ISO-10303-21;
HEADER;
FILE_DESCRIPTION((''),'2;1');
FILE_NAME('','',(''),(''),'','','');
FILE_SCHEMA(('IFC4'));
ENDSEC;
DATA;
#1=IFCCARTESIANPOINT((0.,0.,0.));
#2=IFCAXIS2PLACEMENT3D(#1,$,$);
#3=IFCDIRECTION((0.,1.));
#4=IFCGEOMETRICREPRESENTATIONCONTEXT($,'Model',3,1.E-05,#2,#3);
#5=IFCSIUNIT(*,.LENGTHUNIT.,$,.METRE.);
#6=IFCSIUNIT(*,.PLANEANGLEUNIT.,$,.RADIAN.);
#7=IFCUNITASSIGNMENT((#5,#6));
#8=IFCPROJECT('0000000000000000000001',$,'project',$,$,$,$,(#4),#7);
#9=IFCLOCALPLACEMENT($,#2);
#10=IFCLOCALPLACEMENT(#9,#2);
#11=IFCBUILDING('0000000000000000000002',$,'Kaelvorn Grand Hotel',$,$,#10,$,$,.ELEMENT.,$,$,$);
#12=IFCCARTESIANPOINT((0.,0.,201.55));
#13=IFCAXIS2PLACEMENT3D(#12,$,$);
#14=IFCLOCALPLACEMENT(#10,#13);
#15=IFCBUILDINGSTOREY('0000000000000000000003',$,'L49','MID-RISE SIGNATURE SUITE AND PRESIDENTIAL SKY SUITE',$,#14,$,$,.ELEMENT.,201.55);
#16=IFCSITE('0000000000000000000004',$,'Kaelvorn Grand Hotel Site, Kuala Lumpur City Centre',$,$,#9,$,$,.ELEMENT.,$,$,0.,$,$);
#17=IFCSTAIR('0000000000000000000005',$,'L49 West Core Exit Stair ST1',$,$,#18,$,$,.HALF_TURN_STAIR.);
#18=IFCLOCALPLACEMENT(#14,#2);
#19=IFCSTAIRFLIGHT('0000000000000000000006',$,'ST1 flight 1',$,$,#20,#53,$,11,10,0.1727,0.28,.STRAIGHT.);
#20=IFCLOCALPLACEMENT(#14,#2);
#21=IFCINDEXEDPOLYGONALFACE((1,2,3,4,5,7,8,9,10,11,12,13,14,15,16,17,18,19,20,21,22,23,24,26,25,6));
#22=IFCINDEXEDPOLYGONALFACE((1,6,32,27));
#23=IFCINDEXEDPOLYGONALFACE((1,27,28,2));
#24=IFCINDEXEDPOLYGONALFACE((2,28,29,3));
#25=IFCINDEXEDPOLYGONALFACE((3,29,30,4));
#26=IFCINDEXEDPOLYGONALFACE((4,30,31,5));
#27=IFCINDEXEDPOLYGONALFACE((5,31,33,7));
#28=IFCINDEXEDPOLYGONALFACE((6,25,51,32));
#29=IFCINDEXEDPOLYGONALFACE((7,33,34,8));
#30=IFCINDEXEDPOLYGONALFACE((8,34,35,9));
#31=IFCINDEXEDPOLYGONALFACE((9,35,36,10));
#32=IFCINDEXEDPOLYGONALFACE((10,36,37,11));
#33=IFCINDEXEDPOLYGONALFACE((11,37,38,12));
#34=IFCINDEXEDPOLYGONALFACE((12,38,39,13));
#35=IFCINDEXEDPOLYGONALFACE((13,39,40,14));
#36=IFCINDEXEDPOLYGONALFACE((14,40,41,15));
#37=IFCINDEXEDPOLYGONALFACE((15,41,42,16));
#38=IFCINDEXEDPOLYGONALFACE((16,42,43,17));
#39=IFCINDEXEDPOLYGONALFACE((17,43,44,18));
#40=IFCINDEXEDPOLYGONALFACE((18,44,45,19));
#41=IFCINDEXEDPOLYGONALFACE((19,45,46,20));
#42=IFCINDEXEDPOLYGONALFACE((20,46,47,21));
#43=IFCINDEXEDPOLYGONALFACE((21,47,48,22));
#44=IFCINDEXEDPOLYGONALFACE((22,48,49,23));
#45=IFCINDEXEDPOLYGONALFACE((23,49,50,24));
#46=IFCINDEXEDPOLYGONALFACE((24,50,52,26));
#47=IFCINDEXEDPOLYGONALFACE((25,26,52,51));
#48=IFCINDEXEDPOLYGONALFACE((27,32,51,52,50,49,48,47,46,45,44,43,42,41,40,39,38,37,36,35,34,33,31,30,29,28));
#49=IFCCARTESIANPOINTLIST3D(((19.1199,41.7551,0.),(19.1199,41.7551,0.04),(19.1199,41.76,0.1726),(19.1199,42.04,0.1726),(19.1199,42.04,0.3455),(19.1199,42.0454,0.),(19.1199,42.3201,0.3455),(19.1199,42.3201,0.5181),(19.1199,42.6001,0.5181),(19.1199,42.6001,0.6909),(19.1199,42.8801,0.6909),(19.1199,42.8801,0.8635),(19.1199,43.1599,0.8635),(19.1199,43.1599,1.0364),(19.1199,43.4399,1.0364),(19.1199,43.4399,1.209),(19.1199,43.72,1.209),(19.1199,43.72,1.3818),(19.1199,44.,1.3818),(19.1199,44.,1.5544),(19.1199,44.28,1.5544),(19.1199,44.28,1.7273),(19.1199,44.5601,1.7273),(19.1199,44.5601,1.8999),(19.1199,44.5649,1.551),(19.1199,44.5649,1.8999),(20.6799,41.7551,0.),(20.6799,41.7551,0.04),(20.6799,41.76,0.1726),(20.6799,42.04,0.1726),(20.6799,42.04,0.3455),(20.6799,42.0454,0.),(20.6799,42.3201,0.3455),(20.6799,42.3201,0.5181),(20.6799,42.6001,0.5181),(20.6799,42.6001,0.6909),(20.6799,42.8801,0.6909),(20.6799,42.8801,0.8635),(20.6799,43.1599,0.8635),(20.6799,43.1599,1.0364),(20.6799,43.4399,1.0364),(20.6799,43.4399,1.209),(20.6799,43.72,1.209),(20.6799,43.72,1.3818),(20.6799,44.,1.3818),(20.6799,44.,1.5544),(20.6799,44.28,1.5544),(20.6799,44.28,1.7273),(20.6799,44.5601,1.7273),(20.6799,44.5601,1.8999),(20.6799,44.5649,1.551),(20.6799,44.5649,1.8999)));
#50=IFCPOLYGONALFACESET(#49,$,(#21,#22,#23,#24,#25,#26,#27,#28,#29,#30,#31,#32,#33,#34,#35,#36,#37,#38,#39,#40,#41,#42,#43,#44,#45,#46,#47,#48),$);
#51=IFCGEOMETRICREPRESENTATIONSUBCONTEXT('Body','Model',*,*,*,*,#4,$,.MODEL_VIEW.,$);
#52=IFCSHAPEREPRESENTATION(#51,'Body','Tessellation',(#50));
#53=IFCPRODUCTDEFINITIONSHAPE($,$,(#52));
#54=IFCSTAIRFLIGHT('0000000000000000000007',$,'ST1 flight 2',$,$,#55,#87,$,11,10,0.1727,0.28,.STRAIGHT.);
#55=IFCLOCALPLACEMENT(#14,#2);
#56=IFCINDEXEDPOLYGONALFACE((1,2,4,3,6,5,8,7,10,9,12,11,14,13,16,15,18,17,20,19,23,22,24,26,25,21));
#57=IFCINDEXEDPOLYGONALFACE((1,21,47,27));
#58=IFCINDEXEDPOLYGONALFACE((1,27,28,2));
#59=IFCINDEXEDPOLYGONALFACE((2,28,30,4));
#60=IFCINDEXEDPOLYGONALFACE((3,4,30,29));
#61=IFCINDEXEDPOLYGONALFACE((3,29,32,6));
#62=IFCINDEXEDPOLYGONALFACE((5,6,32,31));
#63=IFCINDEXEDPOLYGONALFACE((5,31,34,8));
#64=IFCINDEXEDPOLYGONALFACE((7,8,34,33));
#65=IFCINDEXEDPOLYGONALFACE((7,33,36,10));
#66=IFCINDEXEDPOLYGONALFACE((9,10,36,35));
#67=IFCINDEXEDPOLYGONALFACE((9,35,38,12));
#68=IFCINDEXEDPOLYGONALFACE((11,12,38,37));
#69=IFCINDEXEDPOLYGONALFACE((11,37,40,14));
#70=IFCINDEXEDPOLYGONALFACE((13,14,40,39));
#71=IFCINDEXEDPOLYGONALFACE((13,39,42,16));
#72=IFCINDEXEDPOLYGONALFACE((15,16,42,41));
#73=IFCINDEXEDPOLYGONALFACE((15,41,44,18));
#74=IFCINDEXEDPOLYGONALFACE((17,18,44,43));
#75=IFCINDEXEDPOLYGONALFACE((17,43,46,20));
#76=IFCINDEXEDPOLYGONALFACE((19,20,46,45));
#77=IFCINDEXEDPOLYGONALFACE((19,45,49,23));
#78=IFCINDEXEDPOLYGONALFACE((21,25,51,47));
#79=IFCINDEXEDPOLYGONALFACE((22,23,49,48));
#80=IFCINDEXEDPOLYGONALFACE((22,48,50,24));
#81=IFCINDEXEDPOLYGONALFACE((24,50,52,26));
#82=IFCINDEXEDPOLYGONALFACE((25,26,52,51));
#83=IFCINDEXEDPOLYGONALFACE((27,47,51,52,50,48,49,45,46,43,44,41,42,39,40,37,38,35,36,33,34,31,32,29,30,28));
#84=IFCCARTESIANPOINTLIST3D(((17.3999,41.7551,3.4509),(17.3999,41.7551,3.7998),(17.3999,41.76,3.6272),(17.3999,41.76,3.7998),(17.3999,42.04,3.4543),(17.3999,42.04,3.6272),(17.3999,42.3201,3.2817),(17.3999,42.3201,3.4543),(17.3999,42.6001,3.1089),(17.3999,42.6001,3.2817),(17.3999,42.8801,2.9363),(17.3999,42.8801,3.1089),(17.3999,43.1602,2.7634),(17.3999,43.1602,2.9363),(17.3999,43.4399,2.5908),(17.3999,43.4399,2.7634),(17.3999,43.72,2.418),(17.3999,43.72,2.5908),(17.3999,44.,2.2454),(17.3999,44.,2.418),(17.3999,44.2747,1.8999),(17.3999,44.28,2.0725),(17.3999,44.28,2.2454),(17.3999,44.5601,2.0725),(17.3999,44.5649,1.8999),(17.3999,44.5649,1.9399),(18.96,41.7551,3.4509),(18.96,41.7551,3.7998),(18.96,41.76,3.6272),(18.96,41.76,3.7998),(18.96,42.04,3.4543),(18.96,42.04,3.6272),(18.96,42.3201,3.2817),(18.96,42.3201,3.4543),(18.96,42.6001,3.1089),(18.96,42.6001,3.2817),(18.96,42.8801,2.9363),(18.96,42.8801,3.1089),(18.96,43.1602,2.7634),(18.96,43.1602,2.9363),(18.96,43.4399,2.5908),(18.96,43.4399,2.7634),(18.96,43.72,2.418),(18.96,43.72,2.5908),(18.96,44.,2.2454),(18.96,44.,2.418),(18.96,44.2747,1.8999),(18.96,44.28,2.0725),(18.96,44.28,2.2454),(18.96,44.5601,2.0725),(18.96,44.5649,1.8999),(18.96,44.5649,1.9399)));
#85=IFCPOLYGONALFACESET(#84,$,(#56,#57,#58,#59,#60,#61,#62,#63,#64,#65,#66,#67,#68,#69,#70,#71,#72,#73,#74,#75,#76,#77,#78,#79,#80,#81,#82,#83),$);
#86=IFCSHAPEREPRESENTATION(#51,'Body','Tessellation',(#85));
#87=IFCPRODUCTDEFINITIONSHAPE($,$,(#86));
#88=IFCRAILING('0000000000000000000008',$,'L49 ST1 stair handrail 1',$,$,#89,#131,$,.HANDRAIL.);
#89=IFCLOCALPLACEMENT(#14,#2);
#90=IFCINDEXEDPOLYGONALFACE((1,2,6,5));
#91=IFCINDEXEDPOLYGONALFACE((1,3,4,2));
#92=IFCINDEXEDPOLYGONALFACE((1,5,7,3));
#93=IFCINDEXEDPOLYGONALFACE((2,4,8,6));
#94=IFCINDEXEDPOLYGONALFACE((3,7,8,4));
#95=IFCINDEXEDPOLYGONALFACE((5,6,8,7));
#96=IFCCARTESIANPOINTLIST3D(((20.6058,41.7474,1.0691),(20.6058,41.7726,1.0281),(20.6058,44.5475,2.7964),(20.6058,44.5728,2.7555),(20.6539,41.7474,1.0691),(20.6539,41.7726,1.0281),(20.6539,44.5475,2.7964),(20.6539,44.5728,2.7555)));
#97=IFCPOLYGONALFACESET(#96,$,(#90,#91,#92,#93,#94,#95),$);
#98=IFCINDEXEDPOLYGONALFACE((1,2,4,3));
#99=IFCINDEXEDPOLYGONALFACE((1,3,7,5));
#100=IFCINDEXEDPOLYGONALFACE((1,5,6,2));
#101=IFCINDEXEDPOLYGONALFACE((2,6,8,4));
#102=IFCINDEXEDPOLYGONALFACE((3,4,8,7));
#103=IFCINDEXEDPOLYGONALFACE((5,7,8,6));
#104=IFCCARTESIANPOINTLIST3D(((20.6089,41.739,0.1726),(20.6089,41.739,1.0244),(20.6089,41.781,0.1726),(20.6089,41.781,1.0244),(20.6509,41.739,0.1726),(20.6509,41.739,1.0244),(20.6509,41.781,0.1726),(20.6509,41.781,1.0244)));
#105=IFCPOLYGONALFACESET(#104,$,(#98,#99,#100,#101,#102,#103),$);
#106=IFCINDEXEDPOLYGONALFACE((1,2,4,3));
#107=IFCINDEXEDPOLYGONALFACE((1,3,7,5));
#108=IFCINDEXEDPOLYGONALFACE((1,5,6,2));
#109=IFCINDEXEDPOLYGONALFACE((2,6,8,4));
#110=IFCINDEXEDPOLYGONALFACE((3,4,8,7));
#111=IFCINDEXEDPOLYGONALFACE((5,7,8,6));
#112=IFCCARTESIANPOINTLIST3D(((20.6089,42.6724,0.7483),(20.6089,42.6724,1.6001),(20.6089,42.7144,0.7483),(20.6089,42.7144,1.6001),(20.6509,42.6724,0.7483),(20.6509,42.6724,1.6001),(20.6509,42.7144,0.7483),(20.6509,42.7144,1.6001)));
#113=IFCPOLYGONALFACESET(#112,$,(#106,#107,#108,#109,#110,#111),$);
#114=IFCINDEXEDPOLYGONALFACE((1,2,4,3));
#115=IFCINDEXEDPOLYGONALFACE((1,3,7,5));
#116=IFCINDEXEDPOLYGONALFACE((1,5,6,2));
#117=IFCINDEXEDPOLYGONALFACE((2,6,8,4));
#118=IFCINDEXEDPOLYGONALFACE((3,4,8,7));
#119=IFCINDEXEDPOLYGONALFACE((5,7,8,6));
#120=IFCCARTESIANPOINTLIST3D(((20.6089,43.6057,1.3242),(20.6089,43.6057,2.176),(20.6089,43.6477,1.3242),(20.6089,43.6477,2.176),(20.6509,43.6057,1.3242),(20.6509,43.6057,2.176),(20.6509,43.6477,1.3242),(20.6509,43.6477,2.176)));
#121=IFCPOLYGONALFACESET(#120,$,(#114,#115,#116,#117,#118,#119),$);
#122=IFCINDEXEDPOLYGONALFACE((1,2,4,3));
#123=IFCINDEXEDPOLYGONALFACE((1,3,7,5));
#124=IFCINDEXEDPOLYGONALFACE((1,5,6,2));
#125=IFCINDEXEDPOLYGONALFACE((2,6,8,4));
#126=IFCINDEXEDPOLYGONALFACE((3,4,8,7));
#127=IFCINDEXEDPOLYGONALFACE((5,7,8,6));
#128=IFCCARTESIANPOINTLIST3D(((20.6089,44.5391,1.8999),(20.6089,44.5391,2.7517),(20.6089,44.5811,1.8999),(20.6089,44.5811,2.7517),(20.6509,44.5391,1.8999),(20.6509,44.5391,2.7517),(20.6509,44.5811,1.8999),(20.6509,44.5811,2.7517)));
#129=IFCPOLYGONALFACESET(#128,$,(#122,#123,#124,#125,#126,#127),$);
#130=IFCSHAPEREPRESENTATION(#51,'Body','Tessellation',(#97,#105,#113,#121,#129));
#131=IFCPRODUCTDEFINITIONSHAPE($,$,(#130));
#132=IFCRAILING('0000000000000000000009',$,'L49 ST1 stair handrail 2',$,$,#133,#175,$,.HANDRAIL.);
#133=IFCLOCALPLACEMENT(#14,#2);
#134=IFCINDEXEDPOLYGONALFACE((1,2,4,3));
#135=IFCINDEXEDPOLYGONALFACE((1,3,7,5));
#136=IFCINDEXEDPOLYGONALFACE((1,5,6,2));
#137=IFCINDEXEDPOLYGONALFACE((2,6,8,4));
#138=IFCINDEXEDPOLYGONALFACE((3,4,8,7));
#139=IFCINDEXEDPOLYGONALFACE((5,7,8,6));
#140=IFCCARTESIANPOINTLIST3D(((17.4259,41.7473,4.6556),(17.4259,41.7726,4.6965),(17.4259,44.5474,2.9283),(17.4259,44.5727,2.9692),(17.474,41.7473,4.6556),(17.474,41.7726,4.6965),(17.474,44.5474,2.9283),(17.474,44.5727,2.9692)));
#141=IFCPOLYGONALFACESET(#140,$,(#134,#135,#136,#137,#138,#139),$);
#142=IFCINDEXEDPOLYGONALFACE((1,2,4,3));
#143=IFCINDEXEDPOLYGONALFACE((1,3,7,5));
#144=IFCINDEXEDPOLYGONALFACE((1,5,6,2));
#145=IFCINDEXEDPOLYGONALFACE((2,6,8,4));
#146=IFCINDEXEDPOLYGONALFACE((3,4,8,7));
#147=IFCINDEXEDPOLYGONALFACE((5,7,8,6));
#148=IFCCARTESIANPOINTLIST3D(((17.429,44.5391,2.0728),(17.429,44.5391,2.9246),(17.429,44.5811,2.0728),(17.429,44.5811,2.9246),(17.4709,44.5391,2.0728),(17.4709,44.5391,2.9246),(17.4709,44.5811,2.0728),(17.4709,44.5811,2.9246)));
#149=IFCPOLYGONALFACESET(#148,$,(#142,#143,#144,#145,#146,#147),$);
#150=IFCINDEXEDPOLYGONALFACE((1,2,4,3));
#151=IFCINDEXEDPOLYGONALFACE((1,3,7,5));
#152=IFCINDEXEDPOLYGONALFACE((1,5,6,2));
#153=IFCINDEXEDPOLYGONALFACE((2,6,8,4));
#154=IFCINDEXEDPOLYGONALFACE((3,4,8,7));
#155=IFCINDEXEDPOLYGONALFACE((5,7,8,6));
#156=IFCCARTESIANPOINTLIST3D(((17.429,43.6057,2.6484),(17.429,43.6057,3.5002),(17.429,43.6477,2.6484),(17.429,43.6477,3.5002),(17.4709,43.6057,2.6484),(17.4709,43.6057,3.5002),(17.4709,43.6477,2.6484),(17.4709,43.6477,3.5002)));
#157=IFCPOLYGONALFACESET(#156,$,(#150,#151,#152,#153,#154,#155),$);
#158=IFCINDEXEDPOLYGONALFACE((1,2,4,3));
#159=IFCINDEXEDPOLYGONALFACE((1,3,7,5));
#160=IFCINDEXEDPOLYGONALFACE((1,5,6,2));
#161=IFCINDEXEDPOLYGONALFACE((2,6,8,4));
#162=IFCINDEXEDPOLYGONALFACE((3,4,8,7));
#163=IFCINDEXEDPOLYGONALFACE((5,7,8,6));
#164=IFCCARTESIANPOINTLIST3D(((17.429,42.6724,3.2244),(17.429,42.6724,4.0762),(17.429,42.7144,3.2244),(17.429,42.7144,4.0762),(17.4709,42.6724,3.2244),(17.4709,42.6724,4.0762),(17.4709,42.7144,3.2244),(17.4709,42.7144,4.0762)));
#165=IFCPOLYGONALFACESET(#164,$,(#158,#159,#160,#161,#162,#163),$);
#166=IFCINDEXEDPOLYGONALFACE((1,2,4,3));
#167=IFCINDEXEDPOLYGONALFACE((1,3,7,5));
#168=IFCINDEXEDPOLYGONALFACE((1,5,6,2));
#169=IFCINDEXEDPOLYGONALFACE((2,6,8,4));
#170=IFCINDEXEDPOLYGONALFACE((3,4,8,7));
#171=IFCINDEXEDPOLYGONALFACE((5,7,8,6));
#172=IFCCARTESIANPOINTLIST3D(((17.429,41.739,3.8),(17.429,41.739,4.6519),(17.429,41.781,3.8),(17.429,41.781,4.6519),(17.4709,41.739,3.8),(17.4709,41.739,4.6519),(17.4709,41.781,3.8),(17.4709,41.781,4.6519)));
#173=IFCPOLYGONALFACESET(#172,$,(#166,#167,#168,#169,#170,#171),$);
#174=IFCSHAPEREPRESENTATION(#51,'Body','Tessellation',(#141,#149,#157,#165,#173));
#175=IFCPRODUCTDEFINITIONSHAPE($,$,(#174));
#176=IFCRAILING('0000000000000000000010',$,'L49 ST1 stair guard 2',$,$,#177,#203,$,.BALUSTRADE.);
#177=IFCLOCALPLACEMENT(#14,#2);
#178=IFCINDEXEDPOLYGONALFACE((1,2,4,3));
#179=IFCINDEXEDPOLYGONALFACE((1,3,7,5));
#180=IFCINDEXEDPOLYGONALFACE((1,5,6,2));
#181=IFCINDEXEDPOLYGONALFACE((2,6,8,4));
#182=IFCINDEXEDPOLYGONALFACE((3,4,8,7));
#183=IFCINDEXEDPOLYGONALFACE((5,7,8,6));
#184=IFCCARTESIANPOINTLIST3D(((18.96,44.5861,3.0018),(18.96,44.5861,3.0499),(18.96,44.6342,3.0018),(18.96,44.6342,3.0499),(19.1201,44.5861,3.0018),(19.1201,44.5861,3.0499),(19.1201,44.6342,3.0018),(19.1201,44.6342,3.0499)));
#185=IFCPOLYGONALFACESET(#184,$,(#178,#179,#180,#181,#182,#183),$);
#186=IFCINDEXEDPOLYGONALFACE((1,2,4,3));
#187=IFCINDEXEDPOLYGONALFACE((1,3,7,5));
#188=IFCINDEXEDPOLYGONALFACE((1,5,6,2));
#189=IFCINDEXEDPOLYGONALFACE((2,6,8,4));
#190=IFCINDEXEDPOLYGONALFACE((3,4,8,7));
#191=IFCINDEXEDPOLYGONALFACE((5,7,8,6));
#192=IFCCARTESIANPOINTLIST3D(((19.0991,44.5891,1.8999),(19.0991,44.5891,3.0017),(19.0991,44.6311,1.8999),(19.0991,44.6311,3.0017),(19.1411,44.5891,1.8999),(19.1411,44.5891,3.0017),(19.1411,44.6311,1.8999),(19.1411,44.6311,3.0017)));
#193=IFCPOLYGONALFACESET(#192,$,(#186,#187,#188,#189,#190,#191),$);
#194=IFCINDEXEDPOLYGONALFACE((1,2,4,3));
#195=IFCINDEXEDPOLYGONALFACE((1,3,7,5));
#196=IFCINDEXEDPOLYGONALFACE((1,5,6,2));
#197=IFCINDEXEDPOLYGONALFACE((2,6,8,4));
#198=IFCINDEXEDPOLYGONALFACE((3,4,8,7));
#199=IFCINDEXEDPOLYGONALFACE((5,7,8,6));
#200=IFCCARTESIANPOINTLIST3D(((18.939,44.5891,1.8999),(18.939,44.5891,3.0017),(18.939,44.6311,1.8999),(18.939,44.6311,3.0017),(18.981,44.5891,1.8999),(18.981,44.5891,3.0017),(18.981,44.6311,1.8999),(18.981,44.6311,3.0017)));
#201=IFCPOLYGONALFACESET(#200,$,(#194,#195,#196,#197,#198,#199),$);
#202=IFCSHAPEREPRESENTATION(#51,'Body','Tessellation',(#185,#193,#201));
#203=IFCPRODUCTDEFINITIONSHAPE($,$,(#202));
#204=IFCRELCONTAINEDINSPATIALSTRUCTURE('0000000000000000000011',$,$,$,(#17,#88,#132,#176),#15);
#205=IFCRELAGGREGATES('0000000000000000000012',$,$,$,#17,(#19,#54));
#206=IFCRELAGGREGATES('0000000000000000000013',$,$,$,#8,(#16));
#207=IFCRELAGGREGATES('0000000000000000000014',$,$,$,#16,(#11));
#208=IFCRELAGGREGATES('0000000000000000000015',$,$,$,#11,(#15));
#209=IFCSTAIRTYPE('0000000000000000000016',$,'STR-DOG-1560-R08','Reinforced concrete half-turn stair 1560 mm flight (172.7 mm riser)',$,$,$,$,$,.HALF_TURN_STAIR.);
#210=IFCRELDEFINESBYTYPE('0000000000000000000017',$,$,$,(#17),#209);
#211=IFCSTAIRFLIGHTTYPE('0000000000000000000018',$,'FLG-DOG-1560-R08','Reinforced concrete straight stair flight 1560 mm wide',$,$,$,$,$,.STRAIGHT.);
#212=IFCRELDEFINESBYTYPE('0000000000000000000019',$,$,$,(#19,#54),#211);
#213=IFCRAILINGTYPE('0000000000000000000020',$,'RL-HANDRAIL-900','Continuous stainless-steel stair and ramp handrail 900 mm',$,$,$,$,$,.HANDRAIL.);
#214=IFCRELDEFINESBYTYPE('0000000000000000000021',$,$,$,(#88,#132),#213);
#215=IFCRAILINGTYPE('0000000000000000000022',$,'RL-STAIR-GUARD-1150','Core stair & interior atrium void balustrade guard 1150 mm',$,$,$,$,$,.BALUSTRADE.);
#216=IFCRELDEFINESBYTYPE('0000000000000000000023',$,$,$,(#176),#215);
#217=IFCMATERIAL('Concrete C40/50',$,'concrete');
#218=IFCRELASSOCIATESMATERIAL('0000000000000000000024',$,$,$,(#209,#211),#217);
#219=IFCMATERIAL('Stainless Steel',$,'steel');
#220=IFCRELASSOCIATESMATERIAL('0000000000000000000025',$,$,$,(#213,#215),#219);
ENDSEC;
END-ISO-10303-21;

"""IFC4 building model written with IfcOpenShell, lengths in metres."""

from ifc_helpers import new_model, si_unit, direction, frame, origin, origin_2d, place, context, subcontext, project, spatial, polyline, rectangle, outline, extrude, material, type_object, element, aggregate, save


model = new_model("IFC4")

# Units and contexts
model_context = context("Model", 3, precision=1e-05, world=origin(), true_north=direction((0.0, 1.0)))
body_context = subcontext(model_context, "Body", "Model", "MODEL_VIEW")
ifc_project = project(units=[si_unit("LENGTHUNIT", "METRE"), si_unit("PLANEANGLEUNIT", "RADIAN")], contexts=[model_context])

# Site, building, storey
site_placement = place(None, origin())
site = spatial("IfcSite", under=ifc_project, at=site_placement, Name="Kaelvorn Grand Hotel Site, Kuala Lumpur City Centre", CompositionType="ELEMENT", RefElevation=0.0)
building_placement = place(site_placement, origin())
building = spatial("IfcBuilding", under=site, at=building_placement, Name="Kaelvorn Grand Hotel", CompositionType="ELEMENT")
storey_placement = place(building_placement, frame((0.0, 0.0, 201.55)))
storey = spatial("IfcBuildingStorey", under=building, at=storey_placement, Name="L49", Description="MID-RISE SIGNATURE SUITE AND PRESIDENTIAL SKY SUITE", CompositionType="ELEMENT", Elevation=201.55)

# Shared definitions
ifc_material_1 = material(Name="Concrete C40/50", Category="concrete")

# Stair, stair flights
stair_type = type_object("IfcStairType", Name="STR-DOG-1560-R08", Description="Reinforced concrete half-turn stair 1560 mm flight (172.7 mm riser)", PredefinedType="HALF_TURN_STAIR", material=ifc_material_1)
stair_placement = place(storey_placement, origin())
stair = element("IfcStair", 1, at=stair_placement, inside=storey, type_object=stair_type, Name="L49 West Core Exit Stair ST1", PredefinedType="HALF_TURN_STAIR")
stair_flight_type = type_object("IfcStairFlightType", Name="FLG-DOG-1560-R08", Description="Reinforced concrete straight stair flight 1560 mm wide", PredefinedType="STRAIGHT", material=ifc_material_1)
stair_flight_1_placement = place(storey_placement, frame((19.8999, 41.76, 0.0), z_axis=(0.0, 0.0, 1.0), x_axis=(0.0, 1.0, 0.0)))
stair_flight_1 = element("IfcStairFlight", 2, at=stair_flight_1_placement, type_object=stair_flight_type, Name="ST1 flight 1", NumberOfRisers=11, NumberOfTreads=10, PredefinedType="STRAIGHT", RiserHeight=0.1727, TreadLength=0.28, context=body_context, shape_type="SweptSolid", body=[
    extrude(outline(polyline([(-0.0049, 0.0), (-0.0049, 0.04), (0.0, 0.1726), (0.28, 0.1726), (0.28, 0.3455), (0.5601, 0.3455), (0.5601, 0.5181), (0.8401, 0.5181), (0.8401, 0.6909), (1.1201, 0.6909), (1.1201, 0.8635), (1.3999, 0.8635), (1.3999, 1.0364), (1.6799, 1.0364), (1.6799, 1.209), (1.96, 1.209), (1.96, 1.3818), (2.24, 1.3818), (2.24, 1.5544), (2.52, 1.5544), (2.52, 1.7273), (2.8, 1.7273), (2.8, 1.8999), (2.8049, 1.8999), (2.8049, 1.551), (0.2854, 0.0), (-0.0049, 0.0)])), frame((0.0, 0.78, 0.0), z_axis=(0.0, -1.0, 0.0), x_axis=(1.0, 0.0, 0.0)), (0.0, 0.0, 1.0), 1.5601),
])
stair_flight_2_placement = place(storey_placement, frame((18.1799, 44.5601, 1.8999), z_axis=(0.0, 0.0, 1.0), x_axis=(0.0, -1.0, 0.0)))
stair_flight_2 = element("IfcStairFlight", 3, at=stair_flight_2_placement, type_object=stair_flight_type, Name="ST1 flight 2", NumberOfRisers=11, NumberOfTreads=10, PredefinedType="STRAIGHT", RiserHeight=0.1727, TreadLength=0.28, context=body_context, shape_type="SweptSolid", body=[
    extrude(outline(polyline([(-0.0049, 0.0), (-0.0049, 0.04), (0.0, 0.1726), (0.28, 0.1726), (0.28, 0.3455), (0.5601, 0.3455), (0.5601, 0.5181), (0.8401, 0.5181), (0.8401, 0.6909), (1.1201, 0.6909), (1.1201, 0.8635), (1.3999, 0.8635), (1.3999, 1.0364), (1.6799, 1.0364), (1.6799, 1.209), (1.96, 1.209), (1.96, 1.3818), (2.24, 1.3818), (2.24, 1.5544), (2.52, 1.5544), (2.52, 1.7273), (2.8, 1.7273), (2.8, 1.8999), (2.8049, 1.8999), (2.8049, 1.551), (0.2854, 0.0), (-0.0049, 0.0)])), frame((0.0, 0.78, 0.0), z_axis=(0.0, -1.0, 0.0), x_axis=(1.0, 0.0, 0.0)), (0.0, 0.0, 1.0), 1.5601),
])
aggregate(stair, [stair_flight_1, stair_flight_2])

# Railings
ifc_material_2 = material(Name="Stainless Steel", Category="steel")
railing_type_1 = type_object("IfcRailingType", Name="RL-HANDRAIL-900", Description="Continuous stainless-steel stair and ramp handrail 900 mm", PredefinedType="HANDRAIL", material=ifc_material_2)
railing_1_placement = place(storey_placement, frame((20.6299, 41.76, 0.1726)))
element("IfcRailing", 4, at=railing_1_placement, inside=storey, type_object=railing_type_1, Name="L49 ST1 stair handrail 1", PredefinedType="HANDRAIL", context=body_context, shape_type="SweptSolid", body=[
    extrude(rectangle(XDim=0.0481, YDim=0.0481, at=origin_2d()), frame((0.0, 0.0, 0.876), z_axis=(0.0, 0.85109, 0.52502), x_axis=(-1.0, 0.0, 0.0)), (0.0, 0.0, 1.0), 3.29),
    extrude(rectangle(XDim=0.042, YDim=0.042, at=origin_2d()), origin(), (0.0, 0.0, 1.0), 0.8518),
    extrude(rectangle(XDim=0.042, YDim=0.042, at=origin_2d()), frame((0.0, 0.9333, 0.5757)), (0.0, 0.0, 1.0), 0.8518),
    extrude(rectangle(XDim=0.042, YDim=0.042, at=origin_2d()), frame((0.0, 1.8667, 1.1516)), (0.0, 0.0, 1.0), 0.8518),
    extrude(rectangle(XDim=0.042, YDim=0.042, at=origin_2d()), frame((0.0, 2.8, 1.7273)), (0.0, 0.0, 1.0), 0.8518),
])
railing_2_placement = place(storey_placement, frame((17.45, 44.5601, 2.0728)))
element("IfcRailing", 5, at=railing_2_placement, inside=storey, type_object=railing_type_1, Name="L49 ST1 stair handrail 2", PredefinedType="HANDRAIL", context=body_context, shape_type="SweptSolid", body=[
    extrude(rectangle(XDim=0.0481, YDim=0.0481, at=origin_2d()), frame((0.0, 0.0, 0.876), z_axis=(0.0, -0.85109, 0.52502), x_axis=(1.0, 0.0, 0.0)), (0.0, 0.0, 1.0), 3.29),
    extrude(rectangle(XDim=0.042, YDim=0.042, at=origin_2d()), origin(), (0.0, 0.0, 1.0), 0.8518),
    extrude(rectangle(XDim=0.042, YDim=0.042, at=origin_2d()), frame((0.0, -0.9333, 0.5757)), (0.0, 0.0, 1.0), 0.8518),
    extrude(rectangle(XDim=0.042, YDim=0.042, at=origin_2d()), frame((0.0, -1.8667, 1.1516)), (0.0, 0.0, 1.0), 0.8518),
    extrude(rectangle(XDim=0.042, YDim=0.042, at=origin_2d()), frame((0.0, -2.8, 1.7273)), (0.0, 0.0, 1.0), 0.8518),
])
railing_type_2 = type_object("IfcRailingType", Name="RL-STAIR-GUARD-1150", Description="Core stair & interior atrium void balustrade guard 1150 mm", PredefinedType="BALUSTRADE", material=ifc_material_2)
railing_3_placement = place(storey_placement, frame((19.1201, 44.6101, 1.8999)))
element("IfcRailing", 6, at=railing_3_placement, inside=storey, type_object=railing_type_2, Name="L49 ST1 stair guard 2", PredefinedType="BALUSTRADE", context=body_context, shape_type="SweptSolid", body=[
    extrude(rectangle(XDim=0.0481, YDim=0.0481, at=origin_2d()), frame((0.0, 0.0, 1.126), z_axis=(-1.0, 0.0, 0.0), x_axis=(0.0, -1.0, 0.0)), (0.0, 0.0, 1.0), 0.1602),
    extrude(rectangle(XDim=0.042, YDim=0.042, at=origin_2d()), origin(), (0.0, 0.0, 1.0), 1.1018),
    extrude(rectangle(XDim=0.042, YDim=0.042, at=origin_2d()), frame((-0.1602, 0.0, 0.0)), (0.0, 0.0, 1.0), 1.1018),
])

save(model, "model.ifc")
